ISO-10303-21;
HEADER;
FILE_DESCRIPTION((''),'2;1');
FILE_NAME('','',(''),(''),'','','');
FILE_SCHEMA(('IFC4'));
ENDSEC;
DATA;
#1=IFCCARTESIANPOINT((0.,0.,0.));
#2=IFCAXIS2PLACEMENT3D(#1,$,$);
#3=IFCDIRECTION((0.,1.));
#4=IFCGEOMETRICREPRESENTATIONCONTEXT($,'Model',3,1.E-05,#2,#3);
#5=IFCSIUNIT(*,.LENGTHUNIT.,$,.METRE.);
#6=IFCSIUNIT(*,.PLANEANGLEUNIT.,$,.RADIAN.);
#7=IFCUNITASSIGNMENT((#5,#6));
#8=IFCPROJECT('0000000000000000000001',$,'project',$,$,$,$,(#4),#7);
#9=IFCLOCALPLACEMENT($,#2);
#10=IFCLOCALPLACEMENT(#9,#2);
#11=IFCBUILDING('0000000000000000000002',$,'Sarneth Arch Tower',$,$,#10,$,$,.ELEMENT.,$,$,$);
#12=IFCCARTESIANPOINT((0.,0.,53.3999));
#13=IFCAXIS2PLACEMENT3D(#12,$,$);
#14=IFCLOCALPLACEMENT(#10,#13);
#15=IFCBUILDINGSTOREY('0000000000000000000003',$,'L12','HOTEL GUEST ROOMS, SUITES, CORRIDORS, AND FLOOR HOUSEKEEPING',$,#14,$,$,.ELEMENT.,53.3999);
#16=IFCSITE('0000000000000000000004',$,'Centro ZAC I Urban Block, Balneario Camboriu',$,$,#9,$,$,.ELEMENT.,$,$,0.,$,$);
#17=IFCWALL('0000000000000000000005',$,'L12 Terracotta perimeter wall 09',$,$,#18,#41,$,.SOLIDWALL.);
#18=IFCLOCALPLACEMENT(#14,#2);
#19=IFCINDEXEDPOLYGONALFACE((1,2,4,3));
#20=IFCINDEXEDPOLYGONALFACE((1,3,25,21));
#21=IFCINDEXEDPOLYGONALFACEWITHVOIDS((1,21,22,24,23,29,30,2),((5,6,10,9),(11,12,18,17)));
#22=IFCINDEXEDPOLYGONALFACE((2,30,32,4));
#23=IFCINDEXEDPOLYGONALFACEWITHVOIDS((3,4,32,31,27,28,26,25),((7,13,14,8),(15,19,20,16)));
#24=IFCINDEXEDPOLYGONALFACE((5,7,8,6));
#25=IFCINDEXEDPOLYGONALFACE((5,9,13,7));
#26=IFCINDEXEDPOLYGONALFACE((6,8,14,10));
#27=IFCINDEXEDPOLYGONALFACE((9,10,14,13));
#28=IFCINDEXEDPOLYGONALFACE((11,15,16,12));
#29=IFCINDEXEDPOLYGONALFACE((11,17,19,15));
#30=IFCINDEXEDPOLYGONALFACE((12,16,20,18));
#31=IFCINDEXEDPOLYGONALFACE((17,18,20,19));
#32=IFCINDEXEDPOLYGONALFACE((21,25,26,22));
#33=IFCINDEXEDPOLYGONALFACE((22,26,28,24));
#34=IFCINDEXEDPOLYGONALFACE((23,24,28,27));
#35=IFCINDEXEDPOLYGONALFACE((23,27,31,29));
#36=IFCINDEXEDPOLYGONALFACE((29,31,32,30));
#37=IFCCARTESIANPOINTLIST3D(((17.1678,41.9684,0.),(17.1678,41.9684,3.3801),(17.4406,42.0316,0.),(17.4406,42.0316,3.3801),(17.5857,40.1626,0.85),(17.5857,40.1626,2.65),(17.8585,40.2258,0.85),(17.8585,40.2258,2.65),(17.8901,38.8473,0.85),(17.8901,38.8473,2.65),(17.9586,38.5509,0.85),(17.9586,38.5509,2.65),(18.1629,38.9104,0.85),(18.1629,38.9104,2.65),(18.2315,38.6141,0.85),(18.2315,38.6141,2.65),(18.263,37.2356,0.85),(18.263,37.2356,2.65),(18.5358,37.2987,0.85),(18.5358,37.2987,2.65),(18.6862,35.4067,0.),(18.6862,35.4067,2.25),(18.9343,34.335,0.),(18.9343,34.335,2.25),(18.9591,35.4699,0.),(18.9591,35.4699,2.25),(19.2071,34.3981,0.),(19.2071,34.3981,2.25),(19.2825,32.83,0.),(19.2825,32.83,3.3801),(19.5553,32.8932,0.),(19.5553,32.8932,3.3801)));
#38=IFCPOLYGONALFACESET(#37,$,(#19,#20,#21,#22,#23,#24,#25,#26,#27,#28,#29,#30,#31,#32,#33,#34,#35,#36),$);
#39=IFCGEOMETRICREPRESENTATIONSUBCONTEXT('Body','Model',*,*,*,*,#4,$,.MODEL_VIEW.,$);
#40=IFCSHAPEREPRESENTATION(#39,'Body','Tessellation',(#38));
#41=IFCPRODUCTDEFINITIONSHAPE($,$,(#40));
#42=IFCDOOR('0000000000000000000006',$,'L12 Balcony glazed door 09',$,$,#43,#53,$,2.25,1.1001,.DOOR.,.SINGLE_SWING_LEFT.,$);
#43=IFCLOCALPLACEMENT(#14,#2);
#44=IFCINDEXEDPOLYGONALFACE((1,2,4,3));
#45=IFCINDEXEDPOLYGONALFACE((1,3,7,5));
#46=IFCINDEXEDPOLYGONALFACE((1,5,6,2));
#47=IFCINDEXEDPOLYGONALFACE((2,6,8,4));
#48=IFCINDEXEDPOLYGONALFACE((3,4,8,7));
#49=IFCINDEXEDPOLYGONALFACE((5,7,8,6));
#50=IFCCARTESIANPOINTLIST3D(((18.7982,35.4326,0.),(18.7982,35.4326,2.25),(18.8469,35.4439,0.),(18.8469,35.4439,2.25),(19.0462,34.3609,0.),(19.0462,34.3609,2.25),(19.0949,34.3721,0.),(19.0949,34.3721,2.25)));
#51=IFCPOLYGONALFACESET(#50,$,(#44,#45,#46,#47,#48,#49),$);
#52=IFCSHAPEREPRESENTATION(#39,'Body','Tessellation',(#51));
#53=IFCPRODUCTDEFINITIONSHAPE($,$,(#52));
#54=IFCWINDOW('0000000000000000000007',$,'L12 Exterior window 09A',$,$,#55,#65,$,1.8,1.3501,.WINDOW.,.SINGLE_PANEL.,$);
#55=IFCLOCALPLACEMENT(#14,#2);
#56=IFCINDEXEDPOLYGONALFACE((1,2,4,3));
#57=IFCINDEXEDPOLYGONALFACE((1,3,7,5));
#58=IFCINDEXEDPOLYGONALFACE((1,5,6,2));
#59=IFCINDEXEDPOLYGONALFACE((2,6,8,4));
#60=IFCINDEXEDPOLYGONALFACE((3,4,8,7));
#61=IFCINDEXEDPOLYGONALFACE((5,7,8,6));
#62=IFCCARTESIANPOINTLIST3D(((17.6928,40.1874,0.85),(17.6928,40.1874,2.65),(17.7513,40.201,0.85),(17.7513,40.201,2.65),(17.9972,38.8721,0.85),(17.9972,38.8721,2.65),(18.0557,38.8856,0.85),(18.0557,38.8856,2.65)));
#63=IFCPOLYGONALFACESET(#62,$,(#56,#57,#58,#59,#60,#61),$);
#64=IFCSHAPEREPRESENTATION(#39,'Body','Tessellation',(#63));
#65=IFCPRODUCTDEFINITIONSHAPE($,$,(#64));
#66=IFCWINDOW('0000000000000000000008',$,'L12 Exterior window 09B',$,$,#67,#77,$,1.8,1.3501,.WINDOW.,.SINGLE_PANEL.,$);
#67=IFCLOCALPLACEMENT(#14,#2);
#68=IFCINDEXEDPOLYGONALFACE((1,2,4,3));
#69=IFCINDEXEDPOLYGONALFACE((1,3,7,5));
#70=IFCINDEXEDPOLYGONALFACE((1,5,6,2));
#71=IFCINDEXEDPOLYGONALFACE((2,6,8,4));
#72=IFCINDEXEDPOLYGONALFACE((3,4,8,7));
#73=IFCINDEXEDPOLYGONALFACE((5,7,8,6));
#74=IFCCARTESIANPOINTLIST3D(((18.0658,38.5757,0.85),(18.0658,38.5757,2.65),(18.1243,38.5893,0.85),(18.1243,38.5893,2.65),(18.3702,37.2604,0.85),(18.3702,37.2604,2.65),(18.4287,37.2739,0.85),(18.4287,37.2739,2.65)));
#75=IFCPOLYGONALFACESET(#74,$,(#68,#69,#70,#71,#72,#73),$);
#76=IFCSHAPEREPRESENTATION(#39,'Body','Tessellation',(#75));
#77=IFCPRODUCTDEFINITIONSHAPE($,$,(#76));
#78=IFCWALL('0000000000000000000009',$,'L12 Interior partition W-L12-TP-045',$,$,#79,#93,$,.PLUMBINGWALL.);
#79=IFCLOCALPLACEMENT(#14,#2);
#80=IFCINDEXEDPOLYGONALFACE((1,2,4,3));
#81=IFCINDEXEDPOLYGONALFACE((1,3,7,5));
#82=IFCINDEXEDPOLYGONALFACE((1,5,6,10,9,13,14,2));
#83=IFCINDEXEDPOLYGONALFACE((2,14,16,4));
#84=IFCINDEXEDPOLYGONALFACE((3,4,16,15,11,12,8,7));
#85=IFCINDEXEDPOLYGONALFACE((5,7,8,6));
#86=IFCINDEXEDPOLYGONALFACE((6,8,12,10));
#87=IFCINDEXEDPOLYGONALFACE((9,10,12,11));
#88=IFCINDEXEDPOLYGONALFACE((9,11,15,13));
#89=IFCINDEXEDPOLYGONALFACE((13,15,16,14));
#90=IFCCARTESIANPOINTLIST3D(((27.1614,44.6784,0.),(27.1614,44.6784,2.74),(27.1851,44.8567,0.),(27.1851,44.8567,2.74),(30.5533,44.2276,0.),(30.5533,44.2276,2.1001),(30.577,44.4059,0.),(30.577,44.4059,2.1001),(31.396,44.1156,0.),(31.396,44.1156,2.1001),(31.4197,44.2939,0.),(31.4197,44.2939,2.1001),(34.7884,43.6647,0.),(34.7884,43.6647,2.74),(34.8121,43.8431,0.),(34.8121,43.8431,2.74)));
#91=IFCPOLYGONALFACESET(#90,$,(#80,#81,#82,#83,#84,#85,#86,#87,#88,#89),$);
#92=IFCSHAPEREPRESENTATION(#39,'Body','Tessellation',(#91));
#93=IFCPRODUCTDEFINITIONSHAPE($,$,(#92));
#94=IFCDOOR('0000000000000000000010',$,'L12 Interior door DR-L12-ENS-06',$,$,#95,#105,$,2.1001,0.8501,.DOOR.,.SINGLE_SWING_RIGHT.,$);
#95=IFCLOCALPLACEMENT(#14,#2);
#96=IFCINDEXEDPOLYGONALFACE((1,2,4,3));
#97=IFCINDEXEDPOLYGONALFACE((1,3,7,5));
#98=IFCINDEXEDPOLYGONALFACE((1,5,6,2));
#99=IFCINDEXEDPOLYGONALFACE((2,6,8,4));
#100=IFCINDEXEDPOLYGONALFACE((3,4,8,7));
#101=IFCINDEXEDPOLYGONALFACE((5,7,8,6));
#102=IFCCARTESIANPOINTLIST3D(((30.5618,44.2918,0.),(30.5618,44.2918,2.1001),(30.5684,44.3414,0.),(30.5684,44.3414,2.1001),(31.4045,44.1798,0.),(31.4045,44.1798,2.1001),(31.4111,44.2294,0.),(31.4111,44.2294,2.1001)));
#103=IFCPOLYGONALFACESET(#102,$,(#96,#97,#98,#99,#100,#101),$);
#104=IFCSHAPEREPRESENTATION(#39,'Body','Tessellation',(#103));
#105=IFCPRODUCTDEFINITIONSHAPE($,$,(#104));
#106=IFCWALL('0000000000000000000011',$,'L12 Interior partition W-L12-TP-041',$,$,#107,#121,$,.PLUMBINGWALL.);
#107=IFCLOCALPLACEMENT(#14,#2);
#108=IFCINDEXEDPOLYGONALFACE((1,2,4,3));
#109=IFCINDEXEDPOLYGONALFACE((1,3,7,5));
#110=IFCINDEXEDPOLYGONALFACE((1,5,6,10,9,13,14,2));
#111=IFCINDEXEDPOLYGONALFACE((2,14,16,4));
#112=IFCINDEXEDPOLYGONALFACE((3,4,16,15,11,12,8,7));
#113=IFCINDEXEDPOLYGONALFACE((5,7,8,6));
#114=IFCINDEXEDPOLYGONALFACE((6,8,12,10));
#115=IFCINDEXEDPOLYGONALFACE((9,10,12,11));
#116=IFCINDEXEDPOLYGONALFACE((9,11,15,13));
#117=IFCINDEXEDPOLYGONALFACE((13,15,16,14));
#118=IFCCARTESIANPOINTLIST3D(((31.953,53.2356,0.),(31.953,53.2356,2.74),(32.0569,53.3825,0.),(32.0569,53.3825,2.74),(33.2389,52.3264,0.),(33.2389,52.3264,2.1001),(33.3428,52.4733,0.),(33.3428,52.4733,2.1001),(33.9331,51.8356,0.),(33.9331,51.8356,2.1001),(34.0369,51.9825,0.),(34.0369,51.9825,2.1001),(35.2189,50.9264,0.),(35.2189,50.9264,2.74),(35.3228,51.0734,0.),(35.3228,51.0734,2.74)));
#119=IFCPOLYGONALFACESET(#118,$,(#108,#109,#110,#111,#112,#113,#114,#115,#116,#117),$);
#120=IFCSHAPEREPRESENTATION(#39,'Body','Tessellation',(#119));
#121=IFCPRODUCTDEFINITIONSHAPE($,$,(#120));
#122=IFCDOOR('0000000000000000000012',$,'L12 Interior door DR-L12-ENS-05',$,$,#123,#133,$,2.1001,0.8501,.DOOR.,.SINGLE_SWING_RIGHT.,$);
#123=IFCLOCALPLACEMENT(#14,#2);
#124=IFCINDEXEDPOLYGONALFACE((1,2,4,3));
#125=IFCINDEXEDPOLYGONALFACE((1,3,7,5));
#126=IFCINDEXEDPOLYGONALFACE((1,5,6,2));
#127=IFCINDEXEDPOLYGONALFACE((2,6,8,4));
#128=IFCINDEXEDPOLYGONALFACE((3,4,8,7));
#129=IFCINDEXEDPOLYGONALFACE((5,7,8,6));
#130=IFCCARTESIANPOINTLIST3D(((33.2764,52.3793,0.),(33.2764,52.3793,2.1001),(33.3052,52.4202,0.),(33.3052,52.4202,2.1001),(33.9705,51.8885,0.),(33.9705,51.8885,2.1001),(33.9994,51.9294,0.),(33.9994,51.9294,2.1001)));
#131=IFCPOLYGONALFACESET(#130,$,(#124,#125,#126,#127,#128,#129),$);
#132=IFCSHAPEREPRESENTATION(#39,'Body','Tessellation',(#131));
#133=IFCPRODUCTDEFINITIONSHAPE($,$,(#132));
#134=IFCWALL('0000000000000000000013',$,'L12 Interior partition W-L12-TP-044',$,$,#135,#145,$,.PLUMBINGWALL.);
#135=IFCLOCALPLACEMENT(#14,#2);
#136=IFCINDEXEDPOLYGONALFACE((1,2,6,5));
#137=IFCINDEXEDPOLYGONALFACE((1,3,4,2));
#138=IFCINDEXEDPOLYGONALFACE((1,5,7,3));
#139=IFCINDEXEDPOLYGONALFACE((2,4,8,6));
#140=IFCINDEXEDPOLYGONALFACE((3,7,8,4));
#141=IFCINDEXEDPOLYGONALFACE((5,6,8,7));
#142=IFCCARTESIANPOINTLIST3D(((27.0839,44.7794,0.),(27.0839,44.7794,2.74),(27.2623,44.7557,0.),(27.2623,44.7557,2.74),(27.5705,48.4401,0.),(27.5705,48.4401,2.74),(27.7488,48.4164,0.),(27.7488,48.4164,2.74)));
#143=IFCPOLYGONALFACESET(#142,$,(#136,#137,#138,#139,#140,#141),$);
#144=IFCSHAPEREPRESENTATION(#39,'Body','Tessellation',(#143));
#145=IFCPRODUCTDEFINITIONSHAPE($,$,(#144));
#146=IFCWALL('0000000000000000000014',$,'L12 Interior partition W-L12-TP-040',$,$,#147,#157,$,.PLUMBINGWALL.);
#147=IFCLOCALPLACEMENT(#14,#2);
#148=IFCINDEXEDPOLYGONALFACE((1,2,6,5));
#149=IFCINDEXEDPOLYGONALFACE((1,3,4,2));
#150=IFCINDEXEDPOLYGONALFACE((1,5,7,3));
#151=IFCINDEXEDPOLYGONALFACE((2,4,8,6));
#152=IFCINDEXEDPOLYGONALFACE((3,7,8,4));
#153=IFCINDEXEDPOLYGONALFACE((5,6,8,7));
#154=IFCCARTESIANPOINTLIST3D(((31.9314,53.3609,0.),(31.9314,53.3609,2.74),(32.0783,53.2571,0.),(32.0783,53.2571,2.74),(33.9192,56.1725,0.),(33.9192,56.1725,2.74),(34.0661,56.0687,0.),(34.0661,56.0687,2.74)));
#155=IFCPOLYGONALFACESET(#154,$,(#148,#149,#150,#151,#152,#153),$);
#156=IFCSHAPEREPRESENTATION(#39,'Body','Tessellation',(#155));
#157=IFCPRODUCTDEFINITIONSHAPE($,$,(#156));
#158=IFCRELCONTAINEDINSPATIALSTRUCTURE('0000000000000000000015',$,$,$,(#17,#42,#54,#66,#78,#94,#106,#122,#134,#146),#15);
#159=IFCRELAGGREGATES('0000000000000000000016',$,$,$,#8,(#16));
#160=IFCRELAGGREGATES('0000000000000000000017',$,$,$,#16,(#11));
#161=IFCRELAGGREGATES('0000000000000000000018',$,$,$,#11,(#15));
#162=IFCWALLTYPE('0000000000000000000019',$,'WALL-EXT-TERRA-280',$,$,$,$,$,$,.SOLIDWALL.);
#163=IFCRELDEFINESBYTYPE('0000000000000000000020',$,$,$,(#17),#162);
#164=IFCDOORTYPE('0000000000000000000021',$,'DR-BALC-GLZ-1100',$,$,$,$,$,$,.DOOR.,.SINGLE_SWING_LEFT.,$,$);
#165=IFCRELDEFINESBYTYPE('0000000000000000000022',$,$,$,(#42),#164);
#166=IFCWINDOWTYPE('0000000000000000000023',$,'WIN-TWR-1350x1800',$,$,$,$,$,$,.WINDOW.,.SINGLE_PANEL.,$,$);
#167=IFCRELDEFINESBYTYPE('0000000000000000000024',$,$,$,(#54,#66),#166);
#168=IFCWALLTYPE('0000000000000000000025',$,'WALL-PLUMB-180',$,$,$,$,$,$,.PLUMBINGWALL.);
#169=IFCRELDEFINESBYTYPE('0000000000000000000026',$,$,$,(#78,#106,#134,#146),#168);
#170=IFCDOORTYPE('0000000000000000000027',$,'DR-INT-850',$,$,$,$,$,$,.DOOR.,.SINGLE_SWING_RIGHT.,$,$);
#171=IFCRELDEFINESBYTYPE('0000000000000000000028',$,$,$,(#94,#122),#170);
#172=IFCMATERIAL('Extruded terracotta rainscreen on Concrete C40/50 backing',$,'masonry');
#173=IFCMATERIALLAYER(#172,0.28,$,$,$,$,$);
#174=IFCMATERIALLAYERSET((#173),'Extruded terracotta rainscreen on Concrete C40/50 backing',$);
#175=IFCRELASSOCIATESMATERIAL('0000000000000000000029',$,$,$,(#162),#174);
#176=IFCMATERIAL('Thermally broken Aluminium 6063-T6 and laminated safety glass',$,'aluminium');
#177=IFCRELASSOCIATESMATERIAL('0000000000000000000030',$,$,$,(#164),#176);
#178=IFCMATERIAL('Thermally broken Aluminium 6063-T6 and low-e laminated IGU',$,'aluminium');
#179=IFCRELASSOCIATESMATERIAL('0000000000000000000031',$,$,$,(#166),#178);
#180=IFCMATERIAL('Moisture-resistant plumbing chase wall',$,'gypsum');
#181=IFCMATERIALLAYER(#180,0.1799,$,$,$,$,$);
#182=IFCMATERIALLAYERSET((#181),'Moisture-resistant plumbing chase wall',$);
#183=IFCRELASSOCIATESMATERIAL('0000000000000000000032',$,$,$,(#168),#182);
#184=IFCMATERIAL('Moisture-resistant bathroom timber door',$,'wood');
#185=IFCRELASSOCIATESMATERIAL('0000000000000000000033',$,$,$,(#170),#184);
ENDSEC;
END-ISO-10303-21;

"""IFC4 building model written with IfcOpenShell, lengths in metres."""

from ifc_helpers import new_model, si_unit, direction, frame, frame_2d, origin, place, context, subcontext, project, spatial, rectangle, extrude, material, layer, layer_set, type_object, element, fill, save


model = new_model("IFC4")

# Units and contexts
model_context = context("Model", 3, precision=1e-05, world=origin(), true_north=direction((0.0, 1.0)))
body_context = subcontext(model_context, "Body", "Model", "MODEL_VIEW")
ifc_project = project(units=[si_unit("LENGTHUNIT", "METRE"), si_unit("PLANEANGLEUNIT", "RADIAN")], contexts=[model_context])

# Site, building, storey
site_placement = place(None, origin())
site = spatial("IfcSite", under=ifc_project, at=site_placement, Name="Centro ZAC I Urban Block, Balneario Camboriu", CompositionType="ELEMENT", RefElevation=0.0)
building_placement = place(site_placement, origin())
building = spatial("IfcBuilding", under=site, at=building_placement, Name="Sarneth Arch Tower", CompositionType="ELEMENT")
storey_placement = place(building_placement, frame((0.0, 0.0, 53.3999)))
storey = spatial("IfcBuildingStorey", under=building, at=storey_placement, Name="L12", Description="HOTEL GUEST ROOMS, SUITES, CORRIDORS, AND FLOOR HOUSEKEEPING", CompositionType="ELEMENT", Elevation=53.3999)

# Wall, openings, door, windows
ifc_material_1 = material(Name="Extruded terracotta rainscreen on Concrete C40/50 backing", Category="masonry")
ifc_layer_1 = layer(ifc_material_1, 0.28)
ifc_layer_set_1 = layer_set([ifc_layer_1], Name="Extruded terracotta rainscreen on Concrete C40/50 backing")
wall_type_1 = type_object("IfcWallType", Name="WALL-EXT-TERRA-280", PredefinedType="SOLIDWALL", material=ifc_layer_set_1)
wall_1_placement = place(storey_placement, frame((17.3042, 42.0, 0.0), z_axis=(0.0, 0.0, 1.0), x_axis=(0.225454, -0.974254, 0.0)))
wall_1 = element("IfcWall", 1, at=wall_1_placement, inside=storey, type_object=wall_type_1, Name="L12 Terracotta perimeter wall 09", PredefinedType="SOLIDWALL", context=body_context, shape_type="SweptSolid", body=[
    extrude(rectangle(XDim=9.3799, YDim=0.28, at=frame_2d((4.6899, 0.0))), origin(), (0.0, 0.0, 1.0), 3.3801),
])
opening_1_placement = place(wall_1_placement, frame((1.8535, 0.0, 0.8501)))
opening_1 = element("IfcOpeningElement", 2, at=opening_1_placement, cuts=wall_1, PredefinedType="OPENING", context=body_context, shape_type="SweptSolid", body=[
    extrude(rectangle(XDim=1.3501, YDim=1.8, at=frame_2d((0.675, 0.8999))), frame((0.0, 0.1499, 0.0), z_axis=(0.0, -1.0, 0.0), x_axis=(1.0, 0.0, 0.0)), (0.0, 0.0, 1.0), 0.3),
])
opening_2_placement = place(wall_1_placement, frame((3.5078, 0.0, 0.8501)))
opening_2 = element("IfcOpeningElement", 3, at=opening_2_placement, cuts=wall_1, PredefinedType="OPENING", context=body_context, shape_type="SweptSolid", body=[
    extrude(rectangle(XDim=1.3501, YDim=1.8, at=frame_2d((0.675, 0.8999))), frame((0.0, 0.1499, 0.0), z_axis=(0.0, -1.0, 0.0), x_axis=(1.0, 0.0, 0.0)), (0.0, 0.0, 1.0), 0.3),
])
opening_3_placement = place(wall_1_placement, frame((6.7351, 0.0, 0.0)))
opening_3 = element("IfcOpeningElement", 4, at=opening_3_placement, cuts=wall_1, PredefinedType="OPENING", context=body_context, shape_type="SweptSolid", body=[
    extrude(rectangle(XDim=1.1001, YDim=2.25, at=frame_2d((0.55, 1.125))), frame((0.0, 0.1499, 0.0), z_axis=(0.0, -1.0, 0.0), x_axis=(1.0, 0.0, 0.0)), (0.0, 0.0, 1.0), 0.3),
])
ifc_material_2 = material(Name="Thermally broken Aluminium 6063-T6 and laminated safety glass", Category="aluminium")
door_type_1 = type_object("IfcDoorType", Name="DR-BALC-GLZ-1100", OperationType="SINGLE_SWING_LEFT", PredefinedType="DOOR", material=ifc_material_2)
door_1_placement = place(opening_3_placement, origin())
door_1 = element("IfcDoor", 5, at=door_1_placement, inside=storey, type_object=door_type_1, Name="L12 Balcony glazed door 09", OperationType="SINGLE_SWING_LEFT", OverallHeight=2.25, OverallWidth=1.1001, PredefinedType="DOOR", context=body_context, shape_type="SweptSolid", body=[
    extrude(rectangle(XDim=1.1001, YDim=2.25, at=frame_2d((0.55, 1.125))), frame((0.0, 0.0249, 0.0), z_axis=(0.0, -1.0, 0.0), x_axis=(1.0, 0.0, 0.0)), (0.0, 0.0, 1.0), 0.05),
])
fill(opening_3, door_1)
ifc_material_3 = material(Name="Thermally broken Aluminium 6063-T6 and low-e laminated IGU", Category="aluminium")
window_type = type_object("IfcWindowType", Name="WIN-TWR-1350x1800", PartitioningType="SINGLE_PANEL", PredefinedType="WINDOW", material=ifc_material_3)
window_1_placement = place(opening_1_placement, origin())
window_1 = element("IfcWindow", 6, at=window_1_placement, inside=storey, type_object=window_type, Name="L12 Exterior window 09A", OverallHeight=1.8, OverallWidth=1.3501, PartitioningType="SINGLE_PANEL", PredefinedType="WINDOW", context=body_context, shape_type="SweptSolid", body=[
    extrude(rectangle(XDim=1.3501, YDim=1.8, at=frame_2d((0.675, 0.8999))), frame((0.0, 0.03, 0.0), z_axis=(0.0, -1.0, 0.0), x_axis=(1.0, 0.0, 0.0)), (0.0, 0.0, 1.0), 0.0601),
])
fill(opening_1, window_1)
window_2_placement = place(opening_2_placement, origin())
window_2 = element("IfcWindow", 7, at=window_2_placement, inside=storey, type_object=window_type, Name="L12 Exterior window 09B", OverallHeight=1.8, OverallWidth=1.3501, PartitioningType="SINGLE_PANEL", PredefinedType="WINDOW", context=body_context, shape_type="SweptSolid", body=[
    extrude(rectangle(XDim=1.3501, YDim=1.8, at=frame_2d((0.675, 0.8999))), frame((0.0, 0.03, 0.0), z_axis=(0.0, -1.0, 0.0), x_axis=(1.0, 0.0, 0.0)), (0.0, 0.0, 1.0), 0.0601),
])
fill(opening_2, window_2)

# Walls, openings, doors
ifc_material_4 = material(Name="Moisture-resistant plumbing chase wall", Category="gypsum")
ifc_layer_2 = layer(ifc_material_4, 0.1799)
ifc_layer_set_2 = layer_set([ifc_layer_2], Name="Moisture-resistant plumbing chase wall")
wall_type_2 = type_object("IfcWallType", Name="WALL-PLUMB-180", PredefinedType="PLUMBINGWALL", material=ifc_layer_set_2)
wall_2_placement = place(storey_placement, frame((27.1731, 44.7676, 0.0), z_axis=(0.0, 0.0, 1.0), x_axis=(0.991283, -0.131748, 0.0)))
wall_2 = element("IfcWall", 8, at=wall_2_placement, inside=storey, type_object=wall_type_2, Name="L12 Interior partition W-L12-TP-045", PredefinedType="PLUMBINGWALL", context=body_context, shape_type="SweptSolid", body=[
    extrude(rectangle(XDim=7.6941, YDim=0.1799, at=frame_2d((3.8472, 0.0))), origin(), (0.0, 0.0, 1.0), 2.74),
])
opening_4_placement = place(wall_2_placement, frame((3.4219, 0.0, 0.0)))
opening_4 = element("IfcOpeningElement", 9, at=opening_4_placement, cuts=wall_2, PredefinedType="OPENING", context=body_context, shape_type="SweptSolid", body=[
    extrude(rectangle(XDim=0.8501, YDim=2.1001, at=frame_2d((0.425, 1.05))), frame((0.0, 0.0999, 0.0), z_axis=(0.0, -1.0, 0.0), x_axis=(1.0, 0.0, 0.0)), (0.0, 0.0, 1.0), 0.2),
])
ifc_material_5 = material(Name="Moisture-resistant bathroom timber door", Category="wood")
door_type_2 = type_object("IfcDoorType", Name="DR-INT-850", OperationType="SINGLE_SWING_RIGHT", PredefinedType="DOOR", material=ifc_material_5)
door_2_placement = place(opening_4_placement, origin())
door_2 = element("IfcDoor", 10, at=door_2_placement, inside=storey, type_object=door_type_2, Name="L12 Interior door DR-L12-ENS-06", OperationType="SINGLE_SWING_RIGHT", OverallHeight=2.1001, OverallWidth=0.8501, PredefinedType="DOOR", context=body_context, shape_type="SweptSolid", body=[
    extrude(rectangle(XDim=0.8501, YDim=2.1001, at=frame_2d((0.425, 1.05))), frame((0.0, 0.0249, 0.0), z_axis=(0.0, -1.0, 0.0), x_axis=(1.0, 0.0, 0.0)), (0.0, 0.0, 1.0), 0.05),
])
fill(opening_4, door_2)
wall_3_placement = place(storey_placement, frame((32.0049, 53.3091, 0.0), z_axis=(0.0, 0.0, 1.0), x_axis=(0.816524, -0.577311, 0.0)))
wall_3 = element("IfcWall", 11, at=wall_3_placement, inside=storey, type_object=wall_type_2, Name="L12 Interior partition W-L12-TP-041", PredefinedType="PLUMBINGWALL", context=body_context, shape_type="SweptSolid", body=[
    extrude(rectangle(XDim=3.9998, YDim=0.1799, at=frame_2d((2.0, 0.0))), origin(), (0.0, 0.0, 1.0), 2.74),
])
opening_5_placement = place(wall_3_placement, frame((1.575, 0.0, 0.0)))
opening_5 = element("IfcOpeningElement", 12, at=opening_5_placement, cuts=wall_3, PredefinedType="OPENING", context=body_context, shape_type="SweptSolid", body=[
    extrude(rectangle(XDim=0.8501, YDim=2.1001, at=frame_2d((0.425, 1.05))), frame((0.0, 0.0999, 0.0), z_axis=(0.0, -1.0, 0.0), x_axis=(1.0, 0.0, 0.0)), (0.0, 0.0, 1.0), 0.2),
])
door_3_placement = place(opening_5_placement, origin())
door_3 = element("IfcDoor", 13, at=door_3_placement, inside=storey, type_object=door_type_2, Name="L12 Interior door DR-L12-ENS-05", OperationType="SINGLE_SWING_RIGHT", OverallHeight=2.1001, OverallWidth=0.8501, PredefinedType="DOOR", context=body_context, shape_type="SweptSolid", body=[
    extrude(rectangle(XDim=0.8501, YDim=2.1001, at=frame_2d((0.425, 1.05))), frame((0.0, 0.0249, 0.0), z_axis=(0.0, -1.0, 0.0), x_axis=(1.0, 0.0, 0.0)), (0.0, 0.0, 1.0), 0.05),
])
fill(opening_5, door_3)

# Walls
wall_4_placement = place(storey_placement, frame((27.6597, 48.4282, 0.0), z_axis=(0.0, 0.0, 1.0), x_axis=(-0.131761, -0.991282, 0.0)))
element("IfcWall", 14, at=wall_4_placement, inside=storey, type_object=wall_type_2, Name="L12 Interior partition W-L12-TP-044", PredefinedType="PLUMBINGWALL", context=body_context, shape_type="SweptSolid", body=[
    extrude(rectangle(XDim=3.6929, YDim=0.1799, at=frame_2d((1.8464, 0.0))), origin(), (0.0, 0.0, 1.0), 2.74),
])
wall_5_placement = place(storey_placement, frame((33.9927, 56.1206, 0.0), z_axis=(0.0, 0.0, 1.0), x_axis=(-0.577301, -0.816531, 0.0)))
element("IfcWall", 15, at=wall_5_placement, inside=storey, type_object=wall_type_2, Name="L12 Interior partition W-L12-TP-040", PredefinedType="PLUMBINGWALL", context=body_context, shape_type="SweptSolid", body=[
    extrude(rectangle(XDim=3.4434, YDim=0.1799, at=frame_2d((1.7217, 0.0))), origin(), (0.0, 0.0, 1.0), 2.74),
])

save(model, "model.ifc")
